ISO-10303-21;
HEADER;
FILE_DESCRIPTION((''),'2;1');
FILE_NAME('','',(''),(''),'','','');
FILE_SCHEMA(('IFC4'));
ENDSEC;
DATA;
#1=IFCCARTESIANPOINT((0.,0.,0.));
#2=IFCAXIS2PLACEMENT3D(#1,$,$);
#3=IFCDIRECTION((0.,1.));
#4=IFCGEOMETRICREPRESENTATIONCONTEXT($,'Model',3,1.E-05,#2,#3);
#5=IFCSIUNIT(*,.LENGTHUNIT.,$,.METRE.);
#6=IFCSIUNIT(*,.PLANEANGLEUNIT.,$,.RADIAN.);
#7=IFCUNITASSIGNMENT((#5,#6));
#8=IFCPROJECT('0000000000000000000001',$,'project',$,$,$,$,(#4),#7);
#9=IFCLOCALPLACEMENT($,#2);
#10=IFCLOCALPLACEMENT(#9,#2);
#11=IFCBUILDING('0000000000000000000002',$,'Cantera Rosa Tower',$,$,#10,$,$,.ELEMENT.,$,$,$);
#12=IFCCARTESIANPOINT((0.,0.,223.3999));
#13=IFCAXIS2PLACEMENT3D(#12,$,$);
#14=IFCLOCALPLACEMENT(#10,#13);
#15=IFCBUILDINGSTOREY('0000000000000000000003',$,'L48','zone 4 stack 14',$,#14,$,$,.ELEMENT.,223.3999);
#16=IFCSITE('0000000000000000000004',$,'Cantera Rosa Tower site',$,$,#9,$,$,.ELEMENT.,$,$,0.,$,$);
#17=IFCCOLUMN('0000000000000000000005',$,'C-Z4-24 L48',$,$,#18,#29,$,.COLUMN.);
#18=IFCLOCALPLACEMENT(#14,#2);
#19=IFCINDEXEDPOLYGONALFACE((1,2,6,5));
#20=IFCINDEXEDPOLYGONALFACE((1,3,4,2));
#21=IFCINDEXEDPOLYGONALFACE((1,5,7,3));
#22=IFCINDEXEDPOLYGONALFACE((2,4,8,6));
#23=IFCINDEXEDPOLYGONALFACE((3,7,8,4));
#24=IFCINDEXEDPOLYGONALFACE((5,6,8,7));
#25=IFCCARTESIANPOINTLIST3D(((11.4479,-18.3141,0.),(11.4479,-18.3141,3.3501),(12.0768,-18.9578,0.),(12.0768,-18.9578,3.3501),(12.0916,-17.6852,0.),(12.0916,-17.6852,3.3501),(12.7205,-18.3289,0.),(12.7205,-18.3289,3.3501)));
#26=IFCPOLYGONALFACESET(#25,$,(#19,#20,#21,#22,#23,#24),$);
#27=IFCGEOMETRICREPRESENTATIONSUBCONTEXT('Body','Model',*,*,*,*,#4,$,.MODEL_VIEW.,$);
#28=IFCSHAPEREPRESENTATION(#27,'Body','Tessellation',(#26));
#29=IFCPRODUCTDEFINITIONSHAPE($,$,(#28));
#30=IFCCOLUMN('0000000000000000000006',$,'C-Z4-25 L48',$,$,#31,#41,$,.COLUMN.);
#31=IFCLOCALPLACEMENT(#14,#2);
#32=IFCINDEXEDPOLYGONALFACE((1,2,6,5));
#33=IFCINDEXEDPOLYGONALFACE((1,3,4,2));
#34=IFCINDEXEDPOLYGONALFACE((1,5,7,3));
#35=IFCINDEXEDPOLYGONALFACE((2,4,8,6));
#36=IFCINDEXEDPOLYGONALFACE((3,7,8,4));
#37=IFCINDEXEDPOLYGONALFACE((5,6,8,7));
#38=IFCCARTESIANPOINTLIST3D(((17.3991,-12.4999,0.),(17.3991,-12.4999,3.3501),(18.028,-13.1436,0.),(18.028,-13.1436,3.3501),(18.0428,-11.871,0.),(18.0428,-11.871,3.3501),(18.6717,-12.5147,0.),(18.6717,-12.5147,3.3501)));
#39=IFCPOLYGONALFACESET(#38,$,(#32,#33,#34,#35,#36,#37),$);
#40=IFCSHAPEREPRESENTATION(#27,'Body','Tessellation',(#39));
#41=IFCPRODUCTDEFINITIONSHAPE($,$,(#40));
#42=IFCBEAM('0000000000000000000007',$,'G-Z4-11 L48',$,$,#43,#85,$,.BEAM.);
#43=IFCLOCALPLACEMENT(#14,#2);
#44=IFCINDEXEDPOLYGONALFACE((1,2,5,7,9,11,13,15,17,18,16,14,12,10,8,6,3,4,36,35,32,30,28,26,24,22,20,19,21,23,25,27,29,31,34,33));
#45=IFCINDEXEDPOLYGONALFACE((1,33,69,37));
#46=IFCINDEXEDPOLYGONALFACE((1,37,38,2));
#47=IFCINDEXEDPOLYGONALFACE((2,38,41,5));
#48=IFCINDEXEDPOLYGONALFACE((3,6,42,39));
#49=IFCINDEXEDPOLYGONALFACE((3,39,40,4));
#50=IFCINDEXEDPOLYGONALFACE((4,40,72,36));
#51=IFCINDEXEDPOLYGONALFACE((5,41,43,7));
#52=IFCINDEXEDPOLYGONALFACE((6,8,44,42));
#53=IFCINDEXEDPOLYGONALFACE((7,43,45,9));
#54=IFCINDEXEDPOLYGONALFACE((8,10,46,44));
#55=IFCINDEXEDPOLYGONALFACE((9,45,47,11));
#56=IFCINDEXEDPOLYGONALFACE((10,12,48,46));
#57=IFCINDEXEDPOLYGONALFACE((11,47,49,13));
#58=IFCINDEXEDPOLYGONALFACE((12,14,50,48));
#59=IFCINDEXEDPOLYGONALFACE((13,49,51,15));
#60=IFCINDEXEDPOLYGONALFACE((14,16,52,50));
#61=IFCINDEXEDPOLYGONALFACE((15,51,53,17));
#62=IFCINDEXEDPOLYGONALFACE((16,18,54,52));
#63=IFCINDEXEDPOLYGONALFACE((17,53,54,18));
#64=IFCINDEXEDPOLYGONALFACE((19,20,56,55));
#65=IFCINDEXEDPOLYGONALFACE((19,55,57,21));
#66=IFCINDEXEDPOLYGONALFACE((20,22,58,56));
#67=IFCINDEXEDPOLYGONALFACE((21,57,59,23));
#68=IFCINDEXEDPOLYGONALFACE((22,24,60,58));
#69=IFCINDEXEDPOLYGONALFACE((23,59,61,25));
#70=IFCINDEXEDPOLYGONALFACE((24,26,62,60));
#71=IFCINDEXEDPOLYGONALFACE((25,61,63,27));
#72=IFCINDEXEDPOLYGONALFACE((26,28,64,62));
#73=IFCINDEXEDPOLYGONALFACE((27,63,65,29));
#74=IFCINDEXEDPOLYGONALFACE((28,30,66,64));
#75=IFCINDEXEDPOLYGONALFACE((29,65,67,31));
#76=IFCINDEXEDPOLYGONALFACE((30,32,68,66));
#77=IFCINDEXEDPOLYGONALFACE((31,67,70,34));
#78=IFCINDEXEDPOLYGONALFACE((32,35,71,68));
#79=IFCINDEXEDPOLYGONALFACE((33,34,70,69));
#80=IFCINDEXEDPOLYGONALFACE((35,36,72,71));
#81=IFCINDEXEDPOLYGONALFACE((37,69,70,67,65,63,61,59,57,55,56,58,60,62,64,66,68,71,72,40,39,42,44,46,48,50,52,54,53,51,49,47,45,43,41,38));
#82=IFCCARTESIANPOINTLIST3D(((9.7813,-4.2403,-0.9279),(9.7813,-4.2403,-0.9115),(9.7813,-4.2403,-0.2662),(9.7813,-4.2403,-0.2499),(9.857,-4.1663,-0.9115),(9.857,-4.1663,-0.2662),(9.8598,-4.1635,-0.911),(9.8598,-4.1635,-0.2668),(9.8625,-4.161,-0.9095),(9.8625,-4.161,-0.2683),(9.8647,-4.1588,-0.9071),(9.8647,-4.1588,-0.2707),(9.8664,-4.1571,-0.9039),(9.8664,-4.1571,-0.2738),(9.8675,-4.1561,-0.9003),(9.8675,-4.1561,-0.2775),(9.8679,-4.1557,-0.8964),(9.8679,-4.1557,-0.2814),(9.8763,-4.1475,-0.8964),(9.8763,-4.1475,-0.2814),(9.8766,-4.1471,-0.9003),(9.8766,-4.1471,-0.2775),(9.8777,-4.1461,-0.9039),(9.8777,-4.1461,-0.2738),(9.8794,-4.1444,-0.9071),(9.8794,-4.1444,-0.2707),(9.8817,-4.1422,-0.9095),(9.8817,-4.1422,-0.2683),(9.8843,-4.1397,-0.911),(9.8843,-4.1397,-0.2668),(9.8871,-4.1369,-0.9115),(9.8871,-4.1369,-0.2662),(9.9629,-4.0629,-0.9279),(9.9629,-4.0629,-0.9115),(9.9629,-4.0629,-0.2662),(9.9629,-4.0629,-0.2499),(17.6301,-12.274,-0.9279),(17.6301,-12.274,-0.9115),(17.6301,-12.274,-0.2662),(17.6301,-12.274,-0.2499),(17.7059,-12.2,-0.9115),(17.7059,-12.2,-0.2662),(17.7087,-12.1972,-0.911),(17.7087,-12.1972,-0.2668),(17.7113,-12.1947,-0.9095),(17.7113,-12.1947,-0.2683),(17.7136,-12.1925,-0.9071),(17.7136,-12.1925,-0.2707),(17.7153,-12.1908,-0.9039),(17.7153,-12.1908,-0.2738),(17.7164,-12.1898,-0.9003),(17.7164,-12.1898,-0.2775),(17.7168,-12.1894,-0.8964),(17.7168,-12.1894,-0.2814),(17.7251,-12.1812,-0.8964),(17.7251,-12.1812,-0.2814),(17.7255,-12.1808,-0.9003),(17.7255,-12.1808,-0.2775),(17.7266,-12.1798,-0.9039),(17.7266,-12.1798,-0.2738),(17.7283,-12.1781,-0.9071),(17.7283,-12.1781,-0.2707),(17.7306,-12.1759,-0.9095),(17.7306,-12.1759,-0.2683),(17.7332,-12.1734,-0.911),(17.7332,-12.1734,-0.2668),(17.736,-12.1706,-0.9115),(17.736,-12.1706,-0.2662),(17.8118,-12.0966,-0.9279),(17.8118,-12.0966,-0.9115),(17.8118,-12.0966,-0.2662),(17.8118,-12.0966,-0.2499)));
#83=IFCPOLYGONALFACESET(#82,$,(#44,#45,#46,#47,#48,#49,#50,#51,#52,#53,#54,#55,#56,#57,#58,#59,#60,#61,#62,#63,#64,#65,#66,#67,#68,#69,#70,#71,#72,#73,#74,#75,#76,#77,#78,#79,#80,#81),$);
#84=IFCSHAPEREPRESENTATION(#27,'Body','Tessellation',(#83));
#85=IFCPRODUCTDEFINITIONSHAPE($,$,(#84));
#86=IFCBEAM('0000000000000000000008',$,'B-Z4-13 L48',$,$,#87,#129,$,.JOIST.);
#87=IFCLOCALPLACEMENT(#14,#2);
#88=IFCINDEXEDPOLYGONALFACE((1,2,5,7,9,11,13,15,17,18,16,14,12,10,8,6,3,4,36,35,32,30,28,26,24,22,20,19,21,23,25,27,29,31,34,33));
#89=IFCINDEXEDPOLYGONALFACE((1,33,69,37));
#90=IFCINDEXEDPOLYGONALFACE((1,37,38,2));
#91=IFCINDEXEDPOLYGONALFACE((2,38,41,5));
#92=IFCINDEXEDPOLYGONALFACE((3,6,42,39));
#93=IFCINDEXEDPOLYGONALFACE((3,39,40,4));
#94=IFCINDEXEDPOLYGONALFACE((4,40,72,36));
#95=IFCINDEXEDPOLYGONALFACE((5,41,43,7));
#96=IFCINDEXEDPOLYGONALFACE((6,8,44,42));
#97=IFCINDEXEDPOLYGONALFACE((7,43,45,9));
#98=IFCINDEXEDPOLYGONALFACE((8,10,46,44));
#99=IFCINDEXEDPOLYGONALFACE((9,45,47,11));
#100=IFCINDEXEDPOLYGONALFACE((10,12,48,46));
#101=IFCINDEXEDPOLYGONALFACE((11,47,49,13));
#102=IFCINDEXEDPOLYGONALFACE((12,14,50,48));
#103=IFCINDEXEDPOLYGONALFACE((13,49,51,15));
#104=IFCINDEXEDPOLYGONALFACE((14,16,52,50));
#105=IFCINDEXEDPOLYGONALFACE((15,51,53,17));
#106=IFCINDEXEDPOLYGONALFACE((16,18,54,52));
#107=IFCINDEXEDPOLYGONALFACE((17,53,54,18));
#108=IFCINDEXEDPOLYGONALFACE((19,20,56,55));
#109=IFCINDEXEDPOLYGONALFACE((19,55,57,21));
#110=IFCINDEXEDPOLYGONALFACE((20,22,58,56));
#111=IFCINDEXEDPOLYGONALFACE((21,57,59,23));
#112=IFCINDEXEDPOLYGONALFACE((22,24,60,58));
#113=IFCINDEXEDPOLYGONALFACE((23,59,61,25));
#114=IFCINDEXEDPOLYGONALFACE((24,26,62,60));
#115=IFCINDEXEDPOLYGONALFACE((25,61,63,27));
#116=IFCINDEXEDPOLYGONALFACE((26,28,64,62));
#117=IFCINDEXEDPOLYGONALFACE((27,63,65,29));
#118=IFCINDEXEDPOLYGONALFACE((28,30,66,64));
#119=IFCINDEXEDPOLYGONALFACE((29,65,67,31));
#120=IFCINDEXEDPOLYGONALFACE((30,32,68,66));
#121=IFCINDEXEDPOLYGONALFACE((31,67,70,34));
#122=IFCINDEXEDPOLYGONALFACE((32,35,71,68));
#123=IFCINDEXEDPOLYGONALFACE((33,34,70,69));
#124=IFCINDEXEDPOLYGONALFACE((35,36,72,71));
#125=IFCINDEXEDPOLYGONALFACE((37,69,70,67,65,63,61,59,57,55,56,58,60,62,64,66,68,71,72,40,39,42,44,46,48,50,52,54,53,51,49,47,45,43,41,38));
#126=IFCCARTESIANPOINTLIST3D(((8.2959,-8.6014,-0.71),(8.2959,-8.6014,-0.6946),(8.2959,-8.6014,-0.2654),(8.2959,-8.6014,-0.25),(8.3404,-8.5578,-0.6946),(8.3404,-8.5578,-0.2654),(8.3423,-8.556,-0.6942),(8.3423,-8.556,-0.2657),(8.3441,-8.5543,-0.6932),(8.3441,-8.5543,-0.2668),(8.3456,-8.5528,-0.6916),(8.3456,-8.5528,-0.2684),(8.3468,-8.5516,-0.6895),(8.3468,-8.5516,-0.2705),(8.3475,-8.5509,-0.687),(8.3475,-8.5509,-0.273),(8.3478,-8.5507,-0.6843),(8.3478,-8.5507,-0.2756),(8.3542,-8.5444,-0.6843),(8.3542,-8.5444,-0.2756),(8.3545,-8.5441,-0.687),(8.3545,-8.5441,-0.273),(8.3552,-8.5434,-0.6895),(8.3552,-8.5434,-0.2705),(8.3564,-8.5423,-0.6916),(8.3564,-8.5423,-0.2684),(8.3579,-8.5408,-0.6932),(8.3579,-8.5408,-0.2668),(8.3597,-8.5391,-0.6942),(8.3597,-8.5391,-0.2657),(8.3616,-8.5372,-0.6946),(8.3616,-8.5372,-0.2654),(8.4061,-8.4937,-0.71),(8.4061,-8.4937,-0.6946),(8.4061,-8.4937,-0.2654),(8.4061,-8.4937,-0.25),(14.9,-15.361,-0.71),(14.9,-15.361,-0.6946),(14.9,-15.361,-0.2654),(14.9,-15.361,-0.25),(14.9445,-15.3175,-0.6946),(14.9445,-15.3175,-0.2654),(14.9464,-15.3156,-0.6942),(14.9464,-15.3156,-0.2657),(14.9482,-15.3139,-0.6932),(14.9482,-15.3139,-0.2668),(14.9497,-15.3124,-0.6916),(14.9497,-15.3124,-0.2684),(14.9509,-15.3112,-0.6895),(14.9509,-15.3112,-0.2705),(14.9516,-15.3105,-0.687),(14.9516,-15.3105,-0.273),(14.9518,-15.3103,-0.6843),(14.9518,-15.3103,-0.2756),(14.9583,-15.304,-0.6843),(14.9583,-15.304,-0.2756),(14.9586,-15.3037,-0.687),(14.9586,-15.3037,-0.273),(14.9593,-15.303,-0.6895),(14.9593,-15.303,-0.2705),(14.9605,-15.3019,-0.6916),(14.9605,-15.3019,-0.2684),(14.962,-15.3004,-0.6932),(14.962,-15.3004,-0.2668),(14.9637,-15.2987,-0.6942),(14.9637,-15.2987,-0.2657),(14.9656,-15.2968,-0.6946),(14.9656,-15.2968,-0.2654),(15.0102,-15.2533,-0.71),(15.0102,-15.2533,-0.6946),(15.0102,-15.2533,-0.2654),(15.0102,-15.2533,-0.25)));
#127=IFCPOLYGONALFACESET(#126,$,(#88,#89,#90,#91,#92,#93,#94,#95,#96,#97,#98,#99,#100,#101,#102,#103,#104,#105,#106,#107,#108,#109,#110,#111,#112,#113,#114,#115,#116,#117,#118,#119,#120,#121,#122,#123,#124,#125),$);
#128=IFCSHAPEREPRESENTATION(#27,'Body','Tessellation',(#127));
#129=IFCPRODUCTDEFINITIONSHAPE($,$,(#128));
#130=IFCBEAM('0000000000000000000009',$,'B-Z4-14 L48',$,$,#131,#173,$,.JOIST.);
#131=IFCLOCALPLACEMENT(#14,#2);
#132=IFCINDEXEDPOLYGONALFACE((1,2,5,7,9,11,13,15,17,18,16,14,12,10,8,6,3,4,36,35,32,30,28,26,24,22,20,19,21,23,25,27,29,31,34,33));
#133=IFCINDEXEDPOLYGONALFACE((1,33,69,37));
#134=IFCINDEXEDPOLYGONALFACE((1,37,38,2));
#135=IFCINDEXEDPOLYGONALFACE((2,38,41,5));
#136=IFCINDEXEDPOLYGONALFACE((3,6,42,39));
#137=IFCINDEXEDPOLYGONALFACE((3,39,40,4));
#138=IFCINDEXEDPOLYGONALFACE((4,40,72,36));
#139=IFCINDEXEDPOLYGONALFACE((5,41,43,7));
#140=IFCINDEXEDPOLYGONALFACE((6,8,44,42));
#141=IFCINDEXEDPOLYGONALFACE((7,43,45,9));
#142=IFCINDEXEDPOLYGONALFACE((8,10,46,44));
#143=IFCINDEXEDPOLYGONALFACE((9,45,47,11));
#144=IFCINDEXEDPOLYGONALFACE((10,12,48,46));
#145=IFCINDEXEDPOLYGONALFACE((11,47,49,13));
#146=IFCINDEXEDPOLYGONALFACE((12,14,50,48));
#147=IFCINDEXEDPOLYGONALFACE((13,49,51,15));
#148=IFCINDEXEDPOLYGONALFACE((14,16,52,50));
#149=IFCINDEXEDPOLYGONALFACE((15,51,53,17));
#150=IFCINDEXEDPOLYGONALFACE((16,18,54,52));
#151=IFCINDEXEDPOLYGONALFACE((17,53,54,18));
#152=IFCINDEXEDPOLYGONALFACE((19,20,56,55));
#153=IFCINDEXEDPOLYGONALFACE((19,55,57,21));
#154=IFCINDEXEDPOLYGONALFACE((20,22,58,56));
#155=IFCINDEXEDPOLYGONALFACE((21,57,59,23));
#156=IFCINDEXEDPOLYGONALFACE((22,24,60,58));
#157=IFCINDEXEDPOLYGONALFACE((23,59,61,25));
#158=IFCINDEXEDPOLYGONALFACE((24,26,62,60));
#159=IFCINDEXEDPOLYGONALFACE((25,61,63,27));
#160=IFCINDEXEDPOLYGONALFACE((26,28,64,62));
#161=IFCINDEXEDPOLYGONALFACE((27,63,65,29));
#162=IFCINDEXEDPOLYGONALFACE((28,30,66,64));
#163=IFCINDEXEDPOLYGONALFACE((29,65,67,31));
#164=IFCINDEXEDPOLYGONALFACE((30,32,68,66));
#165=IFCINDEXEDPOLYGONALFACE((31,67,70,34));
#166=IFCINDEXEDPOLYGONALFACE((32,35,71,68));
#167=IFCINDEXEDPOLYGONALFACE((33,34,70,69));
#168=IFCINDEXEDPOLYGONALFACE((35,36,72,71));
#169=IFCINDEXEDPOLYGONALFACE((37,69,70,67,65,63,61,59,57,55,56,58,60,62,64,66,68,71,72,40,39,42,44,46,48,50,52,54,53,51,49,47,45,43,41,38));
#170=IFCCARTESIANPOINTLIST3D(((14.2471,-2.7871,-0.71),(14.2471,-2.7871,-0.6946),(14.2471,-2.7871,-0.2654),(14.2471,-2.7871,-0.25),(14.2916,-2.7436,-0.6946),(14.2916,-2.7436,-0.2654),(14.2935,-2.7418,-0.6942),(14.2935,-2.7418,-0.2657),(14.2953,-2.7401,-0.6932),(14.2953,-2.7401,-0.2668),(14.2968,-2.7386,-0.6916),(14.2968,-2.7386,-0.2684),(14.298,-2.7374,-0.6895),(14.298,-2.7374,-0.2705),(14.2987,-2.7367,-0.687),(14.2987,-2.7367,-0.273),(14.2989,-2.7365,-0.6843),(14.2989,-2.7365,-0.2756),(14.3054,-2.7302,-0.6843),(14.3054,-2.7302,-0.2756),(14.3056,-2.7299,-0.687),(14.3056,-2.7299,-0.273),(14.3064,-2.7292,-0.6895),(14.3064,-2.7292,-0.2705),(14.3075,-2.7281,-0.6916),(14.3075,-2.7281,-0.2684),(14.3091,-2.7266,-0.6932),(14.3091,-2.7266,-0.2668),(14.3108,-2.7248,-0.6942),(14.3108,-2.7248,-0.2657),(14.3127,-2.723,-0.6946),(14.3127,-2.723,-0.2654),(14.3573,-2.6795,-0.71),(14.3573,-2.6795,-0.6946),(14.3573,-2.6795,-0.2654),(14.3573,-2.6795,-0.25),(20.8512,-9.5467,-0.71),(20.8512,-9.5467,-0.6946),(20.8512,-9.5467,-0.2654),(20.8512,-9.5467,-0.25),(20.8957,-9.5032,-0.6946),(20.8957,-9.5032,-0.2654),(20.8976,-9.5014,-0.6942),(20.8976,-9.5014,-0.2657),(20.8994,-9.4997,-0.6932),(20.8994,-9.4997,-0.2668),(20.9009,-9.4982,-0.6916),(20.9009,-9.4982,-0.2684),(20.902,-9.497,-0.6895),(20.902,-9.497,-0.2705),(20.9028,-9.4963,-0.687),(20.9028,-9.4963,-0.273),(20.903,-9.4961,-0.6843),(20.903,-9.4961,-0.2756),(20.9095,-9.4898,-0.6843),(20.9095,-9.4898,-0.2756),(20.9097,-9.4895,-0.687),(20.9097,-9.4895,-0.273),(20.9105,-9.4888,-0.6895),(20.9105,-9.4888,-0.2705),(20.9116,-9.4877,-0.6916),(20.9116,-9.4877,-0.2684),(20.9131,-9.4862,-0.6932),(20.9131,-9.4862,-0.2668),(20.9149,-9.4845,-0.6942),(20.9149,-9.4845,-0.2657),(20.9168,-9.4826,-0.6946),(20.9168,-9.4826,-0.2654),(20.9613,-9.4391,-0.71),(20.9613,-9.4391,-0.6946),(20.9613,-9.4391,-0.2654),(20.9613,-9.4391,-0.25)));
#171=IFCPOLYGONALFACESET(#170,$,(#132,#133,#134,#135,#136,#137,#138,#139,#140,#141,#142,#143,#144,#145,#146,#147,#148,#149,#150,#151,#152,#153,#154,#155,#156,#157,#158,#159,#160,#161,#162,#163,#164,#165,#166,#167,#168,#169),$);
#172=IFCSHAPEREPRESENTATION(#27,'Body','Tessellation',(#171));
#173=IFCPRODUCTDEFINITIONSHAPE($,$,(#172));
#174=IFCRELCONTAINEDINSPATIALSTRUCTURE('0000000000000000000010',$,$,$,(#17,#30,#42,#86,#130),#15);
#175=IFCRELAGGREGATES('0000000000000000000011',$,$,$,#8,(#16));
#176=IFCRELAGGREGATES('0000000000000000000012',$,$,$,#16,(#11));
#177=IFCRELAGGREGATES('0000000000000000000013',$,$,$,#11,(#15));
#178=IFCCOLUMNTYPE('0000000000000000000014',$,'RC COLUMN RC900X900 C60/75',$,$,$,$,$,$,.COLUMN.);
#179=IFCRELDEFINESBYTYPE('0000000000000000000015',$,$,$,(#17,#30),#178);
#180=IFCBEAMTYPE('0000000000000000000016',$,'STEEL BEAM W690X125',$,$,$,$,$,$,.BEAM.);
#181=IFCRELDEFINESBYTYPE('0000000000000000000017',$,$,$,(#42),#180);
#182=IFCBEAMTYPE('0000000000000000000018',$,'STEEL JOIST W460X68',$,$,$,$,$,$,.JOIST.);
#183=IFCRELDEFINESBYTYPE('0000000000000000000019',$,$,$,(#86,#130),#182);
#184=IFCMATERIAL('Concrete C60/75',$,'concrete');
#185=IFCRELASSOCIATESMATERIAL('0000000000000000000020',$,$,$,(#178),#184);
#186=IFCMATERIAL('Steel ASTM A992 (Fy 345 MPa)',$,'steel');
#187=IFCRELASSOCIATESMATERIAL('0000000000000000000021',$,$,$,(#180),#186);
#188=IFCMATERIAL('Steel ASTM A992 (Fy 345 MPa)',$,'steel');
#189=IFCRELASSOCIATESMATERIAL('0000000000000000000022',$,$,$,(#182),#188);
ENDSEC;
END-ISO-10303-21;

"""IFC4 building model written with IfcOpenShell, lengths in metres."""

from ifc_helpers import new_model, si_unit, direction, frame, origin, origin_2d, place, context, subcontext, project, spatial, rectangle, i_section, extrude, material, material_profile, profile_set, type_object, element, save


model = new_model("IFC4")

# Units and contexts
model_context = context("Model", 3, precision=1e-05, world=origin(), true_north=direction((0.0, 1.0)))
body_context = subcontext(model_context, "Body", "Model", "MODEL_VIEW")
ifc_project = project(units=[si_unit("LENGTHUNIT", "METRE"), si_unit("PLANEANGLEUNIT", "RADIAN")], contexts=[model_context])

# Site, building, storey
site_placement = place(None, origin())
site = spatial("IfcSite", under=ifc_project, at=site_placement, Name="Cantera Rosa Tower site", CompositionType="ELEMENT", RefElevation=0.0)
building_placement = place(site_placement, origin())
building = spatial("IfcBuilding", under=site, at=building_placement, Name="Cantera Rosa Tower", CompositionType="ELEMENT")
storey_placement = place(building_placement, frame((0.0, 0.0, 223.3999)))
storey = spatial("IfcBuildingStorey", under=building, at=storey_placement, Name="L48", Description="zone 4 stack 14", CompositionType="ELEMENT", Elevation=223.3999)

# Columns
ifc_material_1 = material(Name="Concrete C60/75", Category="concrete")
ifc_material_profile_1 = material_profile(ifc_material_1, rectangle(XDim=0.8999, YDim=0.8999, at=origin_2d()), Name="RC COLUMN RC900X900 C60/75")
ifc_profile_set_1 = profile_set([ifc_material_profile_1], Name="Concrete C60/75")
column_type = type_object("IfcColumnType", Name="RC COLUMN RC900X900 C60/75", PredefinedType="COLUMN", material=ifc_profile_set_1)
for number, where, z_axis, x_axis, name in (
    (1, (12.0842, -18.3215, 0.0), (0.0, 0.0, 1.0), (0.715286, 0.698832, 0.0), "C-Z4-24 L48"),
    (2, (18.0354, -12.5073, 0.0), (0.0, 0.0, 1.0), (0.715286, 0.698832, 0.0), "C-Z4-25 L48"),
):
    element("IfcColumn", number, at=place(storey_placement, frame(where, z_axis=z_axis, x_axis=x_axis)), inside=storey, type_object=column_type, Name=name, PredefinedType="COLUMN", context=body_context, shape_type="SweptSolid", body=[
        extrude(rectangle(XDim=0.8999, YDim=0.8999, at=origin_2d()), origin(), (0.0, 0.0, 1.0), 3.3501),
    ])

# Beams
ifc_material_2 = material(Name="Steel ASTM A992 (Fy 345 MPa)", Category="steel")
ifc_material_profile_2 = material_profile(ifc_material_2, i_section(OverallWidth=0.2539, OverallDepth=0.678, WebThickness=0.0117, FlangeThickness=0.0164, FilletRadius=0.0151, at=origin_2d()), Name="W690X125")
ifc_profile_set_2 = profile_set([ifc_material_profile_2], Name="Steel ASTM A992 (Fy 345 MPa)")
beam_type_1 = type_object("IfcBeamType", Name="STEEL BEAM W690X125", PredefinedType="BEAM", material=ifc_profile_set_2)
beam_placement = place(storey_placement, frame((17.7209, -12.1853, -0.5889), z_axis=(-0.698831, 0.715286, 0.0), x_axis=(-0.715286, -0.698831, 0.0)))
element("IfcBeam", 3, at=beam_placement, inside=storey, type_object=beam_type_1, Name="G-Z4-11 L48", PredefinedType="BEAM", context=body_context, shape_type="SweptSolid", body=[
    extrude(i_section(OverallWidth=0.2539, OverallDepth=0.678, WebThickness=0.0117, FlangeThickness=0.0164, FilletRadius=0.0151, at=origin_2d()), origin(), (0.0, 0.0, 1.0), 11.2314),
])
ifc_material_3 = material(Name="Steel ASTM A992 (Fy 345 MPa)", Category="steel")
ifc_material_profile_3 = material_profile(ifc_material_3, i_section(OverallWidth=0.1541, OverallDepth=0.46, WebThickness=0.009, FlangeThickness=0.0154, FilletRadius=0.0103, at=origin_2d()), Name="W460X68")
ifc_profile_set_3 = profile_set([ifc_material_profile_3], Name="Steel ASTM A992 (Fy 345 MPa)")
beam_type_2 = type_object("IfcBeamType", Name="STEEL JOIST W460X68", PredefinedType="JOIST", material=ifc_profile_set_3)
for number, where, z_axis, x_axis, name in (
    (4, (14.9551, -15.3071, -0.48), (-0.698831, 0.715287, 0.0), (-0.715287, -0.698831, 0.0), "B-Z4-13 L48"),
    (5, (20.9062, -9.4929, -0.48), (-0.698831, 0.715287, 0.0), (-0.715287, -0.698831, 0.0), "B-Z4-14 L48"),
):
    element("IfcBeam", number, at=place(storey_placement, frame(where, z_axis=z_axis, x_axis=x_axis)), inside=storey, type_object=beam_type_2, Name=name, PredefinedType="JOIST", context=body_context, shape_type="SweptSolid", body=[
        extrude(i_section(OverallWidth=0.1541, OverallDepth=0.46, WebThickness=0.009, FlangeThickness=0.0154, FilletRadius=0.0103, at=origin_2d()), origin(), (0.0, 0.0, 1.0), 9.4502),
    ])

save(model, "model.ifc")
